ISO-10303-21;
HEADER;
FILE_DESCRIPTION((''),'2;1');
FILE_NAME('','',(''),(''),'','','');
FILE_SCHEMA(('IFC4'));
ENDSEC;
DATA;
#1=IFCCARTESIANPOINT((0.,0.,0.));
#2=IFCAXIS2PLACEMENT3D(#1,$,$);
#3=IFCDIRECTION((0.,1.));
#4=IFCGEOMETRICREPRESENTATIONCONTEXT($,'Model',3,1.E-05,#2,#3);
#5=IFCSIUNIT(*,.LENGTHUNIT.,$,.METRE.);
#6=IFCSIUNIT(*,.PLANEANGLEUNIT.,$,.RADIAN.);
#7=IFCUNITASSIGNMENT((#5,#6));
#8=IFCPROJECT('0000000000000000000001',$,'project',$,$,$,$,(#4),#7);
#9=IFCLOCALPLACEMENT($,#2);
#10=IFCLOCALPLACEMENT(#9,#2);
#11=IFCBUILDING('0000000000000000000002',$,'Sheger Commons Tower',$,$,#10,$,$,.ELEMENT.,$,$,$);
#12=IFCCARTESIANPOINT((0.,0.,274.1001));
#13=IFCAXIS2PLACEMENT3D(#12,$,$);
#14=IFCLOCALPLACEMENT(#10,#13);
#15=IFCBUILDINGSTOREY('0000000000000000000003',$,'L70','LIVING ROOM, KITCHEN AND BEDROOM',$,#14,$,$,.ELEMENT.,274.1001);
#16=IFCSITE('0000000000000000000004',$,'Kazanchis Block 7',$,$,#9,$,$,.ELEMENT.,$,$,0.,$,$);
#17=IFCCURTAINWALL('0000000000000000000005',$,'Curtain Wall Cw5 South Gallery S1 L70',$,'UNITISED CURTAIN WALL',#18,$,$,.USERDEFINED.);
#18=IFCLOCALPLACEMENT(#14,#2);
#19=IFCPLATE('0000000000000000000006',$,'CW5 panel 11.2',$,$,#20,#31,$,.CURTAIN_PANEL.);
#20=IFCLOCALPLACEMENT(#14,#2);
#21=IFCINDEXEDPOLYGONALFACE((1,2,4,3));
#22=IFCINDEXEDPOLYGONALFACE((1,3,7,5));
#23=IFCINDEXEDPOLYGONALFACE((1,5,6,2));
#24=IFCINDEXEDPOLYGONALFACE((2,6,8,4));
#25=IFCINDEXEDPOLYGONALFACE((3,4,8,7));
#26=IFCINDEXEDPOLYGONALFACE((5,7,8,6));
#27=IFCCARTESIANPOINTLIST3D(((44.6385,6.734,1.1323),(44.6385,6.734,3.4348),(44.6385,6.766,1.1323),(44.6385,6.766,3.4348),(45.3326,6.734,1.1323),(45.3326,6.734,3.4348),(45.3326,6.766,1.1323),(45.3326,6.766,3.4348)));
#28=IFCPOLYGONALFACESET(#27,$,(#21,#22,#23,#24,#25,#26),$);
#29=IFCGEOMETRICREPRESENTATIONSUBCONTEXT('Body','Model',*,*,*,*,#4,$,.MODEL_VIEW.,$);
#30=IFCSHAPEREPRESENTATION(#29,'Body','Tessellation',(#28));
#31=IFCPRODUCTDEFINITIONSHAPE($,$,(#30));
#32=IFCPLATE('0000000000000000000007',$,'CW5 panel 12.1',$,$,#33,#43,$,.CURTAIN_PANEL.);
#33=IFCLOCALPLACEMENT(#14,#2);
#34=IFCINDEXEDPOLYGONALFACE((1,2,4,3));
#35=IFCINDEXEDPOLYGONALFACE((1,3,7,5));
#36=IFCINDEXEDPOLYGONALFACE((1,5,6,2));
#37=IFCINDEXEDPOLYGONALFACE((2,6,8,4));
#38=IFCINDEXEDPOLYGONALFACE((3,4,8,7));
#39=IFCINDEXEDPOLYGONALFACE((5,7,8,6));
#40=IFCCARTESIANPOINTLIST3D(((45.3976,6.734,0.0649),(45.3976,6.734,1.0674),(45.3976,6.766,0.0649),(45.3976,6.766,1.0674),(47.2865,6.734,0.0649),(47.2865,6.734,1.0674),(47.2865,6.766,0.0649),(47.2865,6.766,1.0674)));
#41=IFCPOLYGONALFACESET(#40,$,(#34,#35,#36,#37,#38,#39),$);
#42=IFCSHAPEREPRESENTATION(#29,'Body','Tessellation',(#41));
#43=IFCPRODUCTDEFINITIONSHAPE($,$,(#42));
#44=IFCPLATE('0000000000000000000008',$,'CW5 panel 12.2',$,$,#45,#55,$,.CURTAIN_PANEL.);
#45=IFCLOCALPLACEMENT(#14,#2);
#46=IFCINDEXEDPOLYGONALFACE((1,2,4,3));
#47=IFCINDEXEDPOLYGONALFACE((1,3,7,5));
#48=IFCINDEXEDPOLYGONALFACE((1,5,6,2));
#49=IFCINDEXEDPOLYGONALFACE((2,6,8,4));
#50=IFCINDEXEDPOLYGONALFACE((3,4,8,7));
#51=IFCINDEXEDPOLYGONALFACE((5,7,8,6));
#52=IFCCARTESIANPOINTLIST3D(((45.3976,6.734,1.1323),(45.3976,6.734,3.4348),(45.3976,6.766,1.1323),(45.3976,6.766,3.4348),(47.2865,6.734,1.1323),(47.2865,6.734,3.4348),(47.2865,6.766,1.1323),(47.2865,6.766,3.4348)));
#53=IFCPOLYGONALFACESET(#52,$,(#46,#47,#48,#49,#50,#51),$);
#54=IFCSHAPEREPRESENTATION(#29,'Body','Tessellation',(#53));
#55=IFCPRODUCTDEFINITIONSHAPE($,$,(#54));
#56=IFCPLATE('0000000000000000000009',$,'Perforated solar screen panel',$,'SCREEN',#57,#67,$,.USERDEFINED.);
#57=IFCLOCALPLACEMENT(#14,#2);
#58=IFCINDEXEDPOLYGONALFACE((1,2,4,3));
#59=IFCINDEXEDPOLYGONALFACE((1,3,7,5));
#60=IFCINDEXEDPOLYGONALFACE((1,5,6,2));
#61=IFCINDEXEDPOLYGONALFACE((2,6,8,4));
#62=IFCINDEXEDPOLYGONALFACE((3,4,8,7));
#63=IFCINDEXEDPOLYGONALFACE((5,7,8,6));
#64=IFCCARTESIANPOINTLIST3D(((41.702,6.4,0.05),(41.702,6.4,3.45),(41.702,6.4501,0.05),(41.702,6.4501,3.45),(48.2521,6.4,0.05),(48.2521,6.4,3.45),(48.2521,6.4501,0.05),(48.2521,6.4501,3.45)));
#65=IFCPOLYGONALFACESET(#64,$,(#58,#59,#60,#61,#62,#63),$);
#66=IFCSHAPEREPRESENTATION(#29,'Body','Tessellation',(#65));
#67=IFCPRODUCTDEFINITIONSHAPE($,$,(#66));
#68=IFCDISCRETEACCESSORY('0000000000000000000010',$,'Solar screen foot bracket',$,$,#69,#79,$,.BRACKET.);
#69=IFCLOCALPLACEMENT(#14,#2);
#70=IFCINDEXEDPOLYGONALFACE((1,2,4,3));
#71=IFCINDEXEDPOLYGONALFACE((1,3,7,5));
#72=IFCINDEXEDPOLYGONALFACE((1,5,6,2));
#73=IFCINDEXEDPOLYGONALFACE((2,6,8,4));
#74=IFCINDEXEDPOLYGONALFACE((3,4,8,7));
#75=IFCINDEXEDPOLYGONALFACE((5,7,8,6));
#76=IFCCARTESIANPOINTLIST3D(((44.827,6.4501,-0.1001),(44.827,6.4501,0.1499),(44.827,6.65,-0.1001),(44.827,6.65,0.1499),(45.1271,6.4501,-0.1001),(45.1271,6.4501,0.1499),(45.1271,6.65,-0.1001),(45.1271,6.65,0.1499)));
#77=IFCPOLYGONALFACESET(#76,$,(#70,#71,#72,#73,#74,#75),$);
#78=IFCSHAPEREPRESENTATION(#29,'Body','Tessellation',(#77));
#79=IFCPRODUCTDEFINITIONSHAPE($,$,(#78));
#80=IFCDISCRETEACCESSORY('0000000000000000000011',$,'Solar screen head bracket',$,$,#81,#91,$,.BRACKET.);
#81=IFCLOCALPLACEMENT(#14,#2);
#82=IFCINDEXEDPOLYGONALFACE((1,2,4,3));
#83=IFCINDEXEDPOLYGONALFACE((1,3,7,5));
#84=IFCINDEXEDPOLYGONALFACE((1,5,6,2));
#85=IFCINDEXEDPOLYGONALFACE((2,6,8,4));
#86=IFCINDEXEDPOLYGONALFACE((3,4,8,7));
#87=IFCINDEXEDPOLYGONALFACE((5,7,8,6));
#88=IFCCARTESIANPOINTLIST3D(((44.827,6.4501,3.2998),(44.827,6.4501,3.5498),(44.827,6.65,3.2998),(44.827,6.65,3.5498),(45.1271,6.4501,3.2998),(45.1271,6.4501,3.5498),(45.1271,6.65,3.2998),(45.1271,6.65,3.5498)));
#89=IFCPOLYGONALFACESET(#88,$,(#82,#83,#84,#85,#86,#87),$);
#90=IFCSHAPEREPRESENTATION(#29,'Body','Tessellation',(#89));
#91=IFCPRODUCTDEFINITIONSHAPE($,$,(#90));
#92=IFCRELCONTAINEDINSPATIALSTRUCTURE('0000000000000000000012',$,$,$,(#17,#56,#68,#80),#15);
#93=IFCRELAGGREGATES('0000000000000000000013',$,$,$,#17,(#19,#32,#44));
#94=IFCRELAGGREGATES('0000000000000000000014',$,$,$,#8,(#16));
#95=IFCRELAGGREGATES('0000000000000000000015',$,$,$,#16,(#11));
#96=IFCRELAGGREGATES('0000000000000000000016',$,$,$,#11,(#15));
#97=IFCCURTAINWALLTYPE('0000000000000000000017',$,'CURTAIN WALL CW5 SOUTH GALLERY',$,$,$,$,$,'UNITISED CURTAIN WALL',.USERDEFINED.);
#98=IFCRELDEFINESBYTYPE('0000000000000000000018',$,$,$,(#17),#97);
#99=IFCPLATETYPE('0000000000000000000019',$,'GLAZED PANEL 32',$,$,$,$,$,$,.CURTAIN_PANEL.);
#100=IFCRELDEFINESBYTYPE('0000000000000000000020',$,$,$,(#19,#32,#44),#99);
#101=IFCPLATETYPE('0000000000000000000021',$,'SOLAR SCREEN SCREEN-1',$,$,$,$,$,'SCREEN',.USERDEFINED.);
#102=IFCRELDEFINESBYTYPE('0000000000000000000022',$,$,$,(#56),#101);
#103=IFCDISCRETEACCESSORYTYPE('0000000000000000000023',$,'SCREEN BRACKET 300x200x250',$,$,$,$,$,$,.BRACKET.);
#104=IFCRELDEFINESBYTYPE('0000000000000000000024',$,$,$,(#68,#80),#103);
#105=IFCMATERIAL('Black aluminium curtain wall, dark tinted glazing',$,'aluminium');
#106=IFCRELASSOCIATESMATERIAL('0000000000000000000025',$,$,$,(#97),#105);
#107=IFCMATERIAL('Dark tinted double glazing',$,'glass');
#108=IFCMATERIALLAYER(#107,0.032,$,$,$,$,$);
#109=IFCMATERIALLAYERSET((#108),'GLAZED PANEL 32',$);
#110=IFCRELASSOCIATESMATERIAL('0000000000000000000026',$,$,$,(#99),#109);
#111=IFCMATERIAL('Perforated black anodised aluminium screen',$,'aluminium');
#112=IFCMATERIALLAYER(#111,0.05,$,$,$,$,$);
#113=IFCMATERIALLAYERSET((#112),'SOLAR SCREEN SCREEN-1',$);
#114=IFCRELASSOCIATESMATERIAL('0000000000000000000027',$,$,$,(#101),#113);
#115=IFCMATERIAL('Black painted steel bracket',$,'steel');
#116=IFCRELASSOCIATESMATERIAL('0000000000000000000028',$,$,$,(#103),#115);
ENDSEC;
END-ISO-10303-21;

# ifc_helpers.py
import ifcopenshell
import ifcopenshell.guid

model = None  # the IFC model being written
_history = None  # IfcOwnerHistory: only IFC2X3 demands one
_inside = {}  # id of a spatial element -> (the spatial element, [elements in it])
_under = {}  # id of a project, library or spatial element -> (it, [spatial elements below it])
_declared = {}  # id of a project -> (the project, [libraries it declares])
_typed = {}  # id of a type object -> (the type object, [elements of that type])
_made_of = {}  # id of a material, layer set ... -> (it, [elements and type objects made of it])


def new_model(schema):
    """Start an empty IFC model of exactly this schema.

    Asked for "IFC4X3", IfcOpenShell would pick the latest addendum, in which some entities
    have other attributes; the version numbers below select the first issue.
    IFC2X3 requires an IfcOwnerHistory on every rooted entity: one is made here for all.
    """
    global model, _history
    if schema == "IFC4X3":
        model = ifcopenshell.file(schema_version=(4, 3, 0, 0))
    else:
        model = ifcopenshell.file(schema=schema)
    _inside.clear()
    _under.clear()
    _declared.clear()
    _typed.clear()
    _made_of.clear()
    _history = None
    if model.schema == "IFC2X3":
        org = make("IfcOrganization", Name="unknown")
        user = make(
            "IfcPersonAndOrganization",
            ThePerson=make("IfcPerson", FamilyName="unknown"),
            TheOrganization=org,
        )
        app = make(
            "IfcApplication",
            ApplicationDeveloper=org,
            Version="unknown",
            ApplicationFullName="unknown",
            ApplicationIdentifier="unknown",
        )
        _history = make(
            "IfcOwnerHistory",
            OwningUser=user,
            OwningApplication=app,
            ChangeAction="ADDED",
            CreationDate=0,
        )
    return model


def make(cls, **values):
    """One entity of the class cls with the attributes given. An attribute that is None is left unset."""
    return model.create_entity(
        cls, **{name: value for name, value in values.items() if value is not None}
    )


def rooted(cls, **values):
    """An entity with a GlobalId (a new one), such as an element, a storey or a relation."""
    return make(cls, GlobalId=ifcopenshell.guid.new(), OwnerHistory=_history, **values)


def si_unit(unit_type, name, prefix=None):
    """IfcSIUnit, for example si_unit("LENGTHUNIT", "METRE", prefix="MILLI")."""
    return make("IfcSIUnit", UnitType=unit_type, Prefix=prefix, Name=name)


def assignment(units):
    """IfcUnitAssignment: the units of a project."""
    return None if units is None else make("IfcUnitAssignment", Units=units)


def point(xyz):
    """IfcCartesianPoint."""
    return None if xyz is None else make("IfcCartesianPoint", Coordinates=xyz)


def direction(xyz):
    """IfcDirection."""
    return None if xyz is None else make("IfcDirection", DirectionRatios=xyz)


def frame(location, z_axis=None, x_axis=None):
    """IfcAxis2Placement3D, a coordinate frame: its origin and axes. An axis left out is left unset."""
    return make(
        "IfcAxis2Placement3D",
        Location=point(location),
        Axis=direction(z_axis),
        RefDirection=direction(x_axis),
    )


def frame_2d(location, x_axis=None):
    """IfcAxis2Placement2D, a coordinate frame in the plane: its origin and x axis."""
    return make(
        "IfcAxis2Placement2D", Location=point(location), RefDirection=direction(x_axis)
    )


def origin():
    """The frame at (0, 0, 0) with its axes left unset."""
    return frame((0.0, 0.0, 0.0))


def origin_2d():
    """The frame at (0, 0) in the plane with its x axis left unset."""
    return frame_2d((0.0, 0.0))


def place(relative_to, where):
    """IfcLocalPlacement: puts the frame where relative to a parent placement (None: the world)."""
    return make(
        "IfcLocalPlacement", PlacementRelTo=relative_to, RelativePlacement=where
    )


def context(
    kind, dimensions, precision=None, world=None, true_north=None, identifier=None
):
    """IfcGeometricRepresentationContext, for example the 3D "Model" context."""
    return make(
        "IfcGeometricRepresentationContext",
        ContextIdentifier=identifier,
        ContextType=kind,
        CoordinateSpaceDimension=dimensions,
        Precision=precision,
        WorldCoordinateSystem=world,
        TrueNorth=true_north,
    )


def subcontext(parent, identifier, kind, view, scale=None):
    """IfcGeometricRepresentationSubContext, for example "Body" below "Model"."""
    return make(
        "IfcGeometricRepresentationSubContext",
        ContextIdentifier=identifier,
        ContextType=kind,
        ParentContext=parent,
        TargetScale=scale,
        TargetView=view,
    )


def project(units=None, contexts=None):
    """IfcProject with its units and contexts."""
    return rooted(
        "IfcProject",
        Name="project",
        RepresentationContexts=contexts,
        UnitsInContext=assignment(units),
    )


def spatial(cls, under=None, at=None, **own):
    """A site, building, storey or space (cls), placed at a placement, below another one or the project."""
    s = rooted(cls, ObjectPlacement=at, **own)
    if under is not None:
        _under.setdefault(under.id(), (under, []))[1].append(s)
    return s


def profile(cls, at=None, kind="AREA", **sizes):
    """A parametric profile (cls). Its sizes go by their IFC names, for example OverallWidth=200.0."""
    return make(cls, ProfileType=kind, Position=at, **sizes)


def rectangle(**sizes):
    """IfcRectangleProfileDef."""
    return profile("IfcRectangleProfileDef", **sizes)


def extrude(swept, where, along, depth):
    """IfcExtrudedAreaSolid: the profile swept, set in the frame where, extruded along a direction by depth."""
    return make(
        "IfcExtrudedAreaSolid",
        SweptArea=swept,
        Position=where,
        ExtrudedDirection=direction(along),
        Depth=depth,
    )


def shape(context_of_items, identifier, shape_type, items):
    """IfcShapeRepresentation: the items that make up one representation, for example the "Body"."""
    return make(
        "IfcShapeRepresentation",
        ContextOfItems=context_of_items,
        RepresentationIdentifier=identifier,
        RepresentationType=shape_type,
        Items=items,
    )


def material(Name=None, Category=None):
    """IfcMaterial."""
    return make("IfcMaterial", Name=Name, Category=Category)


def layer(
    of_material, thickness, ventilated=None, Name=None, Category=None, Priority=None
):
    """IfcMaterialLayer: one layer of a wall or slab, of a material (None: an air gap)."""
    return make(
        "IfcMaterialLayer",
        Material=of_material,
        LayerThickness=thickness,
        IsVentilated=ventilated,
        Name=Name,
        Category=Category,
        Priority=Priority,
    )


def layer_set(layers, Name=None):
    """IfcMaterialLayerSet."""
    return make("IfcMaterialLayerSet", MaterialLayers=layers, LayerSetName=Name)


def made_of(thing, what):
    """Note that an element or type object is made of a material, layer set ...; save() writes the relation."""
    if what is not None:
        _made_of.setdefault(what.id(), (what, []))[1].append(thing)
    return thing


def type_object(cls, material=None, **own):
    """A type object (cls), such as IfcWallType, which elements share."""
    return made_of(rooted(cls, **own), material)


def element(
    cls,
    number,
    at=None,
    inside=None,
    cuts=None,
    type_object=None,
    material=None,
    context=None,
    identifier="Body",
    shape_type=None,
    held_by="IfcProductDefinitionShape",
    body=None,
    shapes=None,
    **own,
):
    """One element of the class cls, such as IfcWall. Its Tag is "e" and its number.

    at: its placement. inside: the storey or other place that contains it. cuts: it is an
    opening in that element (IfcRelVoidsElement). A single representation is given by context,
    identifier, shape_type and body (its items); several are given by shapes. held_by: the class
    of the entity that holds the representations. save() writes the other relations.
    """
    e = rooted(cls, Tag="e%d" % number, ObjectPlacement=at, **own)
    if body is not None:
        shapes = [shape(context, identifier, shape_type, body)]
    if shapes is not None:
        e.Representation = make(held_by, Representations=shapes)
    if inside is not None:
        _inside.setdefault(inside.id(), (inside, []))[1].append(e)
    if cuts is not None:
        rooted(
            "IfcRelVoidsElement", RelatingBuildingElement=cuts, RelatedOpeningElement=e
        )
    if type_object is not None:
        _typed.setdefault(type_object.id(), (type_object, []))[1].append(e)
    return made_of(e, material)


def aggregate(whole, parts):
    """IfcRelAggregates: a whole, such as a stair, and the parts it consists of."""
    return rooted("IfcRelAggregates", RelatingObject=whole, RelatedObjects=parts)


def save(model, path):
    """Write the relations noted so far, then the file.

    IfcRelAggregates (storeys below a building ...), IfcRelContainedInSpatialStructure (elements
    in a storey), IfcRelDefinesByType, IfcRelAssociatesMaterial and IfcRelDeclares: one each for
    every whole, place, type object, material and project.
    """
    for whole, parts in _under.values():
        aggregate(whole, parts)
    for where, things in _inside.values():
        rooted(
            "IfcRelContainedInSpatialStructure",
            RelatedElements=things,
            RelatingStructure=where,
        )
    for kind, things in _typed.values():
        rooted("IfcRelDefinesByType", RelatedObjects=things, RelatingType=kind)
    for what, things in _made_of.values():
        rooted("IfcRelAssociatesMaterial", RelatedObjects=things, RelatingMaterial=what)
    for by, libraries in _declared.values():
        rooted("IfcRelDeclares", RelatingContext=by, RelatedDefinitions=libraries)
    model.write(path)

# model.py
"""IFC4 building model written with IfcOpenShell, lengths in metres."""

from ifc_helpers import new_model, si_unit, direction, frame, origin, origin_2d, place, context, subcontext, project, spatial, rectangle, extrude, material, layer, layer_set, type_object, element, aggregate, save


model = new_model("IFC4")

# Units and contexts
model_context = context("Model", 3, precision=1e-05, world=origin(), true_north=direction((0.0, 1.0)))
body_context = subcontext(model_context, "Body", "Model", "MODEL_VIEW")
ifc_project = project(units=[si_unit("LENGTHUNIT", "METRE"), si_unit("PLANEANGLEUNIT", "RADIAN")], contexts=[model_context])

# Site, building, storey
site_placement = place(None, origin())
site = spatial("IfcSite", under=ifc_project, at=site_placement, Name="Kazanchis Block 7", CompositionType="ELEMENT", RefElevation=0.0)
building_placement = place(site_placement, origin())
building = spatial("IfcBuilding", under=site, at=building_placement, Name="Sheger Commons Tower", CompositionType="ELEMENT")
storey_placement = place(building_placement, frame((0.0, 0.0, 274.1001)))
storey = spatial("IfcBuildingStorey", under=building, at=storey_placement, Name="L70", Description="LIVING ROOM, KITCHEN AND BEDROOM", CompositionType="ELEMENT", Elevation=274.1001)

# Curtain wall, plates
ifc_material_1 = material(Name="Black aluminium curtain wall, dark tinted glazing", Category="aluminium")
curtain_wall_type = type_object("IfcCurtainWallType", Name="CURTAIN WALL CW5 SOUTH GALLERY", ElementType="UNITISED CURTAIN WALL", PredefinedType="USERDEFINED", material=ifc_material_1)
curtain_wall_placement = place(storey_placement, origin())
curtain_wall = element("IfcCurtainWall", 1, at=curtain_wall_placement, inside=storey, type_object=curtain_wall_type, Name="Curtain Wall Cw5 South Gallery S1 L70", ObjectType="UNITISED CURTAIN WALL", PredefinedType="USERDEFINED")
ifc_material_2 = material(Name="Dark tinted double glazing", Category="glass")
ifc_layer_1 = layer(ifc_material_2, 0.032)
ifc_layer_set_1 = layer_set([ifc_layer_1], Name="GLAZED PANEL 32")
plate_type_1 = type_object("IfcPlateType", Name="GLAZED PANEL 32", PredefinedType="CURTAIN_PANEL", material=ifc_layer_set_1)
plate_1_placement = place(storey_placement, frame((44.9856, 6.75, 1.1323), z_axis=(0.0, 0.0, 1.0), x_axis=(1.0, 0.0, 0.0)))
plate_1 = element("IfcPlate", 2, at=plate_1_placement, type_object=plate_type_1, Name="CW5 panel 11.2", PredefinedType="CURTAIN_PANEL", context=body_context, shape_type="SweptSolid", body=[
    extrude(rectangle(XDim=0.6941, YDim=0.032, at=origin_2d()), origin(), (0.0, 0.0, 1.0), 2.3025),
])
plate_2_placement = place(storey_placement, frame((46.342, 6.75, 0.0649), z_axis=(0.0, 0.0, 1.0), x_axis=(1.0, 0.0, 0.0)))
plate_2 = element("IfcPlate", 3, at=plate_2_placement, type_object=plate_type_1, Name="CW5 panel 12.1", PredefinedType="CURTAIN_PANEL", context=body_context, shape_type="SweptSolid", body=[
    extrude(rectangle(XDim=1.8889, YDim=0.032, at=origin_2d()), origin(), (0.0, 0.0, 1.0), 1.0024),
])
plate_3_placement = place(storey_placement, frame((46.342, 6.75, 1.1323), z_axis=(0.0, 0.0, 1.0), x_axis=(1.0, 0.0, 0.0)))
plate_3 = element("IfcPlate", 4, at=plate_3_placement, type_object=plate_type_1, Name="CW5 panel 12.2", PredefinedType="CURTAIN_PANEL", context=body_context, shape_type="SweptSolid", body=[
    extrude(rectangle(XDim=1.8889, YDim=0.032, at=origin_2d()), origin(), (0.0, 0.0, 1.0), 2.3025),
])
aggregate(curtain_wall, [plate_1, plate_2, plate_3])

# Plate
ifc_material_3 = material(Name="Perforated black anodised aluminium screen", Category="aluminium")
ifc_layer_2 = layer(ifc_material_3, 0.05)
ifc_layer_set_2 = layer_set([ifc_layer_2], Name="SOLAR SCREEN SCREEN-1")
plate_type_2 = type_object("IfcPlateType", Name="SOLAR SCREEN SCREEN-1", ElementType="SCREEN", PredefinedType="USERDEFINED", material=ifc_layer_set_2)
plate_4_placement = place(storey_placement, frame((44.9771, 6.425, 0.05), z_axis=(0.0, 0.0, 1.0), x_axis=(1.0, 0.0, 0.0)))
element("IfcPlate", 5, at=plate_4_placement, inside=storey, type_object=plate_type_2, Name="Perforated solar screen panel", ObjectType="SCREEN", PredefinedType="USERDEFINED", context=body_context, shape_type="SweptSolid", body=[
    extrude(rectangle(XDim=6.55, YDim=0.05, at=origin_2d()), origin(), (0.0, 0.0, 1.0), 3.3999),
])

# Discrete accessories
ifc_material_4 = material(Name="Black painted steel bracket", Category="steel")
discrete_accessory_type = type_object("IfcDiscreteAccessoryType", Name="SCREEN BRACKET 300x200x250", PredefinedType="BRACKET", material=ifc_material_4)
for number, where, z_axis, x_axis, name in (
    (6, (44.9771, 6.55, -0.1001), (0.0, 0.0, 1.0), (1.0, 0.0, 0.0), "Solar screen foot bracket"),
    (7, (44.9771, 6.55, 3.2998), (0.0, 0.0, 1.0), (1.0, 0.0, 0.0), "Solar screen head bracket"),
):
    element("IfcDiscreteAccessory", number, at=place(storey_placement, frame(where, z_axis=z_axis, x_axis=x_axis)), inside=storey, type_object=discrete_accessory_type, Name=name, PredefinedType="BRACKET", context=body_context, shape_type="SweptSolid", body=[
        extrude(rectangle(XDim=0.3, YDim=0.2, at=origin_2d()), origin(), (0.0, 0.0, 1.0), 0.25),
    ])

save(model, "model.ifc")
